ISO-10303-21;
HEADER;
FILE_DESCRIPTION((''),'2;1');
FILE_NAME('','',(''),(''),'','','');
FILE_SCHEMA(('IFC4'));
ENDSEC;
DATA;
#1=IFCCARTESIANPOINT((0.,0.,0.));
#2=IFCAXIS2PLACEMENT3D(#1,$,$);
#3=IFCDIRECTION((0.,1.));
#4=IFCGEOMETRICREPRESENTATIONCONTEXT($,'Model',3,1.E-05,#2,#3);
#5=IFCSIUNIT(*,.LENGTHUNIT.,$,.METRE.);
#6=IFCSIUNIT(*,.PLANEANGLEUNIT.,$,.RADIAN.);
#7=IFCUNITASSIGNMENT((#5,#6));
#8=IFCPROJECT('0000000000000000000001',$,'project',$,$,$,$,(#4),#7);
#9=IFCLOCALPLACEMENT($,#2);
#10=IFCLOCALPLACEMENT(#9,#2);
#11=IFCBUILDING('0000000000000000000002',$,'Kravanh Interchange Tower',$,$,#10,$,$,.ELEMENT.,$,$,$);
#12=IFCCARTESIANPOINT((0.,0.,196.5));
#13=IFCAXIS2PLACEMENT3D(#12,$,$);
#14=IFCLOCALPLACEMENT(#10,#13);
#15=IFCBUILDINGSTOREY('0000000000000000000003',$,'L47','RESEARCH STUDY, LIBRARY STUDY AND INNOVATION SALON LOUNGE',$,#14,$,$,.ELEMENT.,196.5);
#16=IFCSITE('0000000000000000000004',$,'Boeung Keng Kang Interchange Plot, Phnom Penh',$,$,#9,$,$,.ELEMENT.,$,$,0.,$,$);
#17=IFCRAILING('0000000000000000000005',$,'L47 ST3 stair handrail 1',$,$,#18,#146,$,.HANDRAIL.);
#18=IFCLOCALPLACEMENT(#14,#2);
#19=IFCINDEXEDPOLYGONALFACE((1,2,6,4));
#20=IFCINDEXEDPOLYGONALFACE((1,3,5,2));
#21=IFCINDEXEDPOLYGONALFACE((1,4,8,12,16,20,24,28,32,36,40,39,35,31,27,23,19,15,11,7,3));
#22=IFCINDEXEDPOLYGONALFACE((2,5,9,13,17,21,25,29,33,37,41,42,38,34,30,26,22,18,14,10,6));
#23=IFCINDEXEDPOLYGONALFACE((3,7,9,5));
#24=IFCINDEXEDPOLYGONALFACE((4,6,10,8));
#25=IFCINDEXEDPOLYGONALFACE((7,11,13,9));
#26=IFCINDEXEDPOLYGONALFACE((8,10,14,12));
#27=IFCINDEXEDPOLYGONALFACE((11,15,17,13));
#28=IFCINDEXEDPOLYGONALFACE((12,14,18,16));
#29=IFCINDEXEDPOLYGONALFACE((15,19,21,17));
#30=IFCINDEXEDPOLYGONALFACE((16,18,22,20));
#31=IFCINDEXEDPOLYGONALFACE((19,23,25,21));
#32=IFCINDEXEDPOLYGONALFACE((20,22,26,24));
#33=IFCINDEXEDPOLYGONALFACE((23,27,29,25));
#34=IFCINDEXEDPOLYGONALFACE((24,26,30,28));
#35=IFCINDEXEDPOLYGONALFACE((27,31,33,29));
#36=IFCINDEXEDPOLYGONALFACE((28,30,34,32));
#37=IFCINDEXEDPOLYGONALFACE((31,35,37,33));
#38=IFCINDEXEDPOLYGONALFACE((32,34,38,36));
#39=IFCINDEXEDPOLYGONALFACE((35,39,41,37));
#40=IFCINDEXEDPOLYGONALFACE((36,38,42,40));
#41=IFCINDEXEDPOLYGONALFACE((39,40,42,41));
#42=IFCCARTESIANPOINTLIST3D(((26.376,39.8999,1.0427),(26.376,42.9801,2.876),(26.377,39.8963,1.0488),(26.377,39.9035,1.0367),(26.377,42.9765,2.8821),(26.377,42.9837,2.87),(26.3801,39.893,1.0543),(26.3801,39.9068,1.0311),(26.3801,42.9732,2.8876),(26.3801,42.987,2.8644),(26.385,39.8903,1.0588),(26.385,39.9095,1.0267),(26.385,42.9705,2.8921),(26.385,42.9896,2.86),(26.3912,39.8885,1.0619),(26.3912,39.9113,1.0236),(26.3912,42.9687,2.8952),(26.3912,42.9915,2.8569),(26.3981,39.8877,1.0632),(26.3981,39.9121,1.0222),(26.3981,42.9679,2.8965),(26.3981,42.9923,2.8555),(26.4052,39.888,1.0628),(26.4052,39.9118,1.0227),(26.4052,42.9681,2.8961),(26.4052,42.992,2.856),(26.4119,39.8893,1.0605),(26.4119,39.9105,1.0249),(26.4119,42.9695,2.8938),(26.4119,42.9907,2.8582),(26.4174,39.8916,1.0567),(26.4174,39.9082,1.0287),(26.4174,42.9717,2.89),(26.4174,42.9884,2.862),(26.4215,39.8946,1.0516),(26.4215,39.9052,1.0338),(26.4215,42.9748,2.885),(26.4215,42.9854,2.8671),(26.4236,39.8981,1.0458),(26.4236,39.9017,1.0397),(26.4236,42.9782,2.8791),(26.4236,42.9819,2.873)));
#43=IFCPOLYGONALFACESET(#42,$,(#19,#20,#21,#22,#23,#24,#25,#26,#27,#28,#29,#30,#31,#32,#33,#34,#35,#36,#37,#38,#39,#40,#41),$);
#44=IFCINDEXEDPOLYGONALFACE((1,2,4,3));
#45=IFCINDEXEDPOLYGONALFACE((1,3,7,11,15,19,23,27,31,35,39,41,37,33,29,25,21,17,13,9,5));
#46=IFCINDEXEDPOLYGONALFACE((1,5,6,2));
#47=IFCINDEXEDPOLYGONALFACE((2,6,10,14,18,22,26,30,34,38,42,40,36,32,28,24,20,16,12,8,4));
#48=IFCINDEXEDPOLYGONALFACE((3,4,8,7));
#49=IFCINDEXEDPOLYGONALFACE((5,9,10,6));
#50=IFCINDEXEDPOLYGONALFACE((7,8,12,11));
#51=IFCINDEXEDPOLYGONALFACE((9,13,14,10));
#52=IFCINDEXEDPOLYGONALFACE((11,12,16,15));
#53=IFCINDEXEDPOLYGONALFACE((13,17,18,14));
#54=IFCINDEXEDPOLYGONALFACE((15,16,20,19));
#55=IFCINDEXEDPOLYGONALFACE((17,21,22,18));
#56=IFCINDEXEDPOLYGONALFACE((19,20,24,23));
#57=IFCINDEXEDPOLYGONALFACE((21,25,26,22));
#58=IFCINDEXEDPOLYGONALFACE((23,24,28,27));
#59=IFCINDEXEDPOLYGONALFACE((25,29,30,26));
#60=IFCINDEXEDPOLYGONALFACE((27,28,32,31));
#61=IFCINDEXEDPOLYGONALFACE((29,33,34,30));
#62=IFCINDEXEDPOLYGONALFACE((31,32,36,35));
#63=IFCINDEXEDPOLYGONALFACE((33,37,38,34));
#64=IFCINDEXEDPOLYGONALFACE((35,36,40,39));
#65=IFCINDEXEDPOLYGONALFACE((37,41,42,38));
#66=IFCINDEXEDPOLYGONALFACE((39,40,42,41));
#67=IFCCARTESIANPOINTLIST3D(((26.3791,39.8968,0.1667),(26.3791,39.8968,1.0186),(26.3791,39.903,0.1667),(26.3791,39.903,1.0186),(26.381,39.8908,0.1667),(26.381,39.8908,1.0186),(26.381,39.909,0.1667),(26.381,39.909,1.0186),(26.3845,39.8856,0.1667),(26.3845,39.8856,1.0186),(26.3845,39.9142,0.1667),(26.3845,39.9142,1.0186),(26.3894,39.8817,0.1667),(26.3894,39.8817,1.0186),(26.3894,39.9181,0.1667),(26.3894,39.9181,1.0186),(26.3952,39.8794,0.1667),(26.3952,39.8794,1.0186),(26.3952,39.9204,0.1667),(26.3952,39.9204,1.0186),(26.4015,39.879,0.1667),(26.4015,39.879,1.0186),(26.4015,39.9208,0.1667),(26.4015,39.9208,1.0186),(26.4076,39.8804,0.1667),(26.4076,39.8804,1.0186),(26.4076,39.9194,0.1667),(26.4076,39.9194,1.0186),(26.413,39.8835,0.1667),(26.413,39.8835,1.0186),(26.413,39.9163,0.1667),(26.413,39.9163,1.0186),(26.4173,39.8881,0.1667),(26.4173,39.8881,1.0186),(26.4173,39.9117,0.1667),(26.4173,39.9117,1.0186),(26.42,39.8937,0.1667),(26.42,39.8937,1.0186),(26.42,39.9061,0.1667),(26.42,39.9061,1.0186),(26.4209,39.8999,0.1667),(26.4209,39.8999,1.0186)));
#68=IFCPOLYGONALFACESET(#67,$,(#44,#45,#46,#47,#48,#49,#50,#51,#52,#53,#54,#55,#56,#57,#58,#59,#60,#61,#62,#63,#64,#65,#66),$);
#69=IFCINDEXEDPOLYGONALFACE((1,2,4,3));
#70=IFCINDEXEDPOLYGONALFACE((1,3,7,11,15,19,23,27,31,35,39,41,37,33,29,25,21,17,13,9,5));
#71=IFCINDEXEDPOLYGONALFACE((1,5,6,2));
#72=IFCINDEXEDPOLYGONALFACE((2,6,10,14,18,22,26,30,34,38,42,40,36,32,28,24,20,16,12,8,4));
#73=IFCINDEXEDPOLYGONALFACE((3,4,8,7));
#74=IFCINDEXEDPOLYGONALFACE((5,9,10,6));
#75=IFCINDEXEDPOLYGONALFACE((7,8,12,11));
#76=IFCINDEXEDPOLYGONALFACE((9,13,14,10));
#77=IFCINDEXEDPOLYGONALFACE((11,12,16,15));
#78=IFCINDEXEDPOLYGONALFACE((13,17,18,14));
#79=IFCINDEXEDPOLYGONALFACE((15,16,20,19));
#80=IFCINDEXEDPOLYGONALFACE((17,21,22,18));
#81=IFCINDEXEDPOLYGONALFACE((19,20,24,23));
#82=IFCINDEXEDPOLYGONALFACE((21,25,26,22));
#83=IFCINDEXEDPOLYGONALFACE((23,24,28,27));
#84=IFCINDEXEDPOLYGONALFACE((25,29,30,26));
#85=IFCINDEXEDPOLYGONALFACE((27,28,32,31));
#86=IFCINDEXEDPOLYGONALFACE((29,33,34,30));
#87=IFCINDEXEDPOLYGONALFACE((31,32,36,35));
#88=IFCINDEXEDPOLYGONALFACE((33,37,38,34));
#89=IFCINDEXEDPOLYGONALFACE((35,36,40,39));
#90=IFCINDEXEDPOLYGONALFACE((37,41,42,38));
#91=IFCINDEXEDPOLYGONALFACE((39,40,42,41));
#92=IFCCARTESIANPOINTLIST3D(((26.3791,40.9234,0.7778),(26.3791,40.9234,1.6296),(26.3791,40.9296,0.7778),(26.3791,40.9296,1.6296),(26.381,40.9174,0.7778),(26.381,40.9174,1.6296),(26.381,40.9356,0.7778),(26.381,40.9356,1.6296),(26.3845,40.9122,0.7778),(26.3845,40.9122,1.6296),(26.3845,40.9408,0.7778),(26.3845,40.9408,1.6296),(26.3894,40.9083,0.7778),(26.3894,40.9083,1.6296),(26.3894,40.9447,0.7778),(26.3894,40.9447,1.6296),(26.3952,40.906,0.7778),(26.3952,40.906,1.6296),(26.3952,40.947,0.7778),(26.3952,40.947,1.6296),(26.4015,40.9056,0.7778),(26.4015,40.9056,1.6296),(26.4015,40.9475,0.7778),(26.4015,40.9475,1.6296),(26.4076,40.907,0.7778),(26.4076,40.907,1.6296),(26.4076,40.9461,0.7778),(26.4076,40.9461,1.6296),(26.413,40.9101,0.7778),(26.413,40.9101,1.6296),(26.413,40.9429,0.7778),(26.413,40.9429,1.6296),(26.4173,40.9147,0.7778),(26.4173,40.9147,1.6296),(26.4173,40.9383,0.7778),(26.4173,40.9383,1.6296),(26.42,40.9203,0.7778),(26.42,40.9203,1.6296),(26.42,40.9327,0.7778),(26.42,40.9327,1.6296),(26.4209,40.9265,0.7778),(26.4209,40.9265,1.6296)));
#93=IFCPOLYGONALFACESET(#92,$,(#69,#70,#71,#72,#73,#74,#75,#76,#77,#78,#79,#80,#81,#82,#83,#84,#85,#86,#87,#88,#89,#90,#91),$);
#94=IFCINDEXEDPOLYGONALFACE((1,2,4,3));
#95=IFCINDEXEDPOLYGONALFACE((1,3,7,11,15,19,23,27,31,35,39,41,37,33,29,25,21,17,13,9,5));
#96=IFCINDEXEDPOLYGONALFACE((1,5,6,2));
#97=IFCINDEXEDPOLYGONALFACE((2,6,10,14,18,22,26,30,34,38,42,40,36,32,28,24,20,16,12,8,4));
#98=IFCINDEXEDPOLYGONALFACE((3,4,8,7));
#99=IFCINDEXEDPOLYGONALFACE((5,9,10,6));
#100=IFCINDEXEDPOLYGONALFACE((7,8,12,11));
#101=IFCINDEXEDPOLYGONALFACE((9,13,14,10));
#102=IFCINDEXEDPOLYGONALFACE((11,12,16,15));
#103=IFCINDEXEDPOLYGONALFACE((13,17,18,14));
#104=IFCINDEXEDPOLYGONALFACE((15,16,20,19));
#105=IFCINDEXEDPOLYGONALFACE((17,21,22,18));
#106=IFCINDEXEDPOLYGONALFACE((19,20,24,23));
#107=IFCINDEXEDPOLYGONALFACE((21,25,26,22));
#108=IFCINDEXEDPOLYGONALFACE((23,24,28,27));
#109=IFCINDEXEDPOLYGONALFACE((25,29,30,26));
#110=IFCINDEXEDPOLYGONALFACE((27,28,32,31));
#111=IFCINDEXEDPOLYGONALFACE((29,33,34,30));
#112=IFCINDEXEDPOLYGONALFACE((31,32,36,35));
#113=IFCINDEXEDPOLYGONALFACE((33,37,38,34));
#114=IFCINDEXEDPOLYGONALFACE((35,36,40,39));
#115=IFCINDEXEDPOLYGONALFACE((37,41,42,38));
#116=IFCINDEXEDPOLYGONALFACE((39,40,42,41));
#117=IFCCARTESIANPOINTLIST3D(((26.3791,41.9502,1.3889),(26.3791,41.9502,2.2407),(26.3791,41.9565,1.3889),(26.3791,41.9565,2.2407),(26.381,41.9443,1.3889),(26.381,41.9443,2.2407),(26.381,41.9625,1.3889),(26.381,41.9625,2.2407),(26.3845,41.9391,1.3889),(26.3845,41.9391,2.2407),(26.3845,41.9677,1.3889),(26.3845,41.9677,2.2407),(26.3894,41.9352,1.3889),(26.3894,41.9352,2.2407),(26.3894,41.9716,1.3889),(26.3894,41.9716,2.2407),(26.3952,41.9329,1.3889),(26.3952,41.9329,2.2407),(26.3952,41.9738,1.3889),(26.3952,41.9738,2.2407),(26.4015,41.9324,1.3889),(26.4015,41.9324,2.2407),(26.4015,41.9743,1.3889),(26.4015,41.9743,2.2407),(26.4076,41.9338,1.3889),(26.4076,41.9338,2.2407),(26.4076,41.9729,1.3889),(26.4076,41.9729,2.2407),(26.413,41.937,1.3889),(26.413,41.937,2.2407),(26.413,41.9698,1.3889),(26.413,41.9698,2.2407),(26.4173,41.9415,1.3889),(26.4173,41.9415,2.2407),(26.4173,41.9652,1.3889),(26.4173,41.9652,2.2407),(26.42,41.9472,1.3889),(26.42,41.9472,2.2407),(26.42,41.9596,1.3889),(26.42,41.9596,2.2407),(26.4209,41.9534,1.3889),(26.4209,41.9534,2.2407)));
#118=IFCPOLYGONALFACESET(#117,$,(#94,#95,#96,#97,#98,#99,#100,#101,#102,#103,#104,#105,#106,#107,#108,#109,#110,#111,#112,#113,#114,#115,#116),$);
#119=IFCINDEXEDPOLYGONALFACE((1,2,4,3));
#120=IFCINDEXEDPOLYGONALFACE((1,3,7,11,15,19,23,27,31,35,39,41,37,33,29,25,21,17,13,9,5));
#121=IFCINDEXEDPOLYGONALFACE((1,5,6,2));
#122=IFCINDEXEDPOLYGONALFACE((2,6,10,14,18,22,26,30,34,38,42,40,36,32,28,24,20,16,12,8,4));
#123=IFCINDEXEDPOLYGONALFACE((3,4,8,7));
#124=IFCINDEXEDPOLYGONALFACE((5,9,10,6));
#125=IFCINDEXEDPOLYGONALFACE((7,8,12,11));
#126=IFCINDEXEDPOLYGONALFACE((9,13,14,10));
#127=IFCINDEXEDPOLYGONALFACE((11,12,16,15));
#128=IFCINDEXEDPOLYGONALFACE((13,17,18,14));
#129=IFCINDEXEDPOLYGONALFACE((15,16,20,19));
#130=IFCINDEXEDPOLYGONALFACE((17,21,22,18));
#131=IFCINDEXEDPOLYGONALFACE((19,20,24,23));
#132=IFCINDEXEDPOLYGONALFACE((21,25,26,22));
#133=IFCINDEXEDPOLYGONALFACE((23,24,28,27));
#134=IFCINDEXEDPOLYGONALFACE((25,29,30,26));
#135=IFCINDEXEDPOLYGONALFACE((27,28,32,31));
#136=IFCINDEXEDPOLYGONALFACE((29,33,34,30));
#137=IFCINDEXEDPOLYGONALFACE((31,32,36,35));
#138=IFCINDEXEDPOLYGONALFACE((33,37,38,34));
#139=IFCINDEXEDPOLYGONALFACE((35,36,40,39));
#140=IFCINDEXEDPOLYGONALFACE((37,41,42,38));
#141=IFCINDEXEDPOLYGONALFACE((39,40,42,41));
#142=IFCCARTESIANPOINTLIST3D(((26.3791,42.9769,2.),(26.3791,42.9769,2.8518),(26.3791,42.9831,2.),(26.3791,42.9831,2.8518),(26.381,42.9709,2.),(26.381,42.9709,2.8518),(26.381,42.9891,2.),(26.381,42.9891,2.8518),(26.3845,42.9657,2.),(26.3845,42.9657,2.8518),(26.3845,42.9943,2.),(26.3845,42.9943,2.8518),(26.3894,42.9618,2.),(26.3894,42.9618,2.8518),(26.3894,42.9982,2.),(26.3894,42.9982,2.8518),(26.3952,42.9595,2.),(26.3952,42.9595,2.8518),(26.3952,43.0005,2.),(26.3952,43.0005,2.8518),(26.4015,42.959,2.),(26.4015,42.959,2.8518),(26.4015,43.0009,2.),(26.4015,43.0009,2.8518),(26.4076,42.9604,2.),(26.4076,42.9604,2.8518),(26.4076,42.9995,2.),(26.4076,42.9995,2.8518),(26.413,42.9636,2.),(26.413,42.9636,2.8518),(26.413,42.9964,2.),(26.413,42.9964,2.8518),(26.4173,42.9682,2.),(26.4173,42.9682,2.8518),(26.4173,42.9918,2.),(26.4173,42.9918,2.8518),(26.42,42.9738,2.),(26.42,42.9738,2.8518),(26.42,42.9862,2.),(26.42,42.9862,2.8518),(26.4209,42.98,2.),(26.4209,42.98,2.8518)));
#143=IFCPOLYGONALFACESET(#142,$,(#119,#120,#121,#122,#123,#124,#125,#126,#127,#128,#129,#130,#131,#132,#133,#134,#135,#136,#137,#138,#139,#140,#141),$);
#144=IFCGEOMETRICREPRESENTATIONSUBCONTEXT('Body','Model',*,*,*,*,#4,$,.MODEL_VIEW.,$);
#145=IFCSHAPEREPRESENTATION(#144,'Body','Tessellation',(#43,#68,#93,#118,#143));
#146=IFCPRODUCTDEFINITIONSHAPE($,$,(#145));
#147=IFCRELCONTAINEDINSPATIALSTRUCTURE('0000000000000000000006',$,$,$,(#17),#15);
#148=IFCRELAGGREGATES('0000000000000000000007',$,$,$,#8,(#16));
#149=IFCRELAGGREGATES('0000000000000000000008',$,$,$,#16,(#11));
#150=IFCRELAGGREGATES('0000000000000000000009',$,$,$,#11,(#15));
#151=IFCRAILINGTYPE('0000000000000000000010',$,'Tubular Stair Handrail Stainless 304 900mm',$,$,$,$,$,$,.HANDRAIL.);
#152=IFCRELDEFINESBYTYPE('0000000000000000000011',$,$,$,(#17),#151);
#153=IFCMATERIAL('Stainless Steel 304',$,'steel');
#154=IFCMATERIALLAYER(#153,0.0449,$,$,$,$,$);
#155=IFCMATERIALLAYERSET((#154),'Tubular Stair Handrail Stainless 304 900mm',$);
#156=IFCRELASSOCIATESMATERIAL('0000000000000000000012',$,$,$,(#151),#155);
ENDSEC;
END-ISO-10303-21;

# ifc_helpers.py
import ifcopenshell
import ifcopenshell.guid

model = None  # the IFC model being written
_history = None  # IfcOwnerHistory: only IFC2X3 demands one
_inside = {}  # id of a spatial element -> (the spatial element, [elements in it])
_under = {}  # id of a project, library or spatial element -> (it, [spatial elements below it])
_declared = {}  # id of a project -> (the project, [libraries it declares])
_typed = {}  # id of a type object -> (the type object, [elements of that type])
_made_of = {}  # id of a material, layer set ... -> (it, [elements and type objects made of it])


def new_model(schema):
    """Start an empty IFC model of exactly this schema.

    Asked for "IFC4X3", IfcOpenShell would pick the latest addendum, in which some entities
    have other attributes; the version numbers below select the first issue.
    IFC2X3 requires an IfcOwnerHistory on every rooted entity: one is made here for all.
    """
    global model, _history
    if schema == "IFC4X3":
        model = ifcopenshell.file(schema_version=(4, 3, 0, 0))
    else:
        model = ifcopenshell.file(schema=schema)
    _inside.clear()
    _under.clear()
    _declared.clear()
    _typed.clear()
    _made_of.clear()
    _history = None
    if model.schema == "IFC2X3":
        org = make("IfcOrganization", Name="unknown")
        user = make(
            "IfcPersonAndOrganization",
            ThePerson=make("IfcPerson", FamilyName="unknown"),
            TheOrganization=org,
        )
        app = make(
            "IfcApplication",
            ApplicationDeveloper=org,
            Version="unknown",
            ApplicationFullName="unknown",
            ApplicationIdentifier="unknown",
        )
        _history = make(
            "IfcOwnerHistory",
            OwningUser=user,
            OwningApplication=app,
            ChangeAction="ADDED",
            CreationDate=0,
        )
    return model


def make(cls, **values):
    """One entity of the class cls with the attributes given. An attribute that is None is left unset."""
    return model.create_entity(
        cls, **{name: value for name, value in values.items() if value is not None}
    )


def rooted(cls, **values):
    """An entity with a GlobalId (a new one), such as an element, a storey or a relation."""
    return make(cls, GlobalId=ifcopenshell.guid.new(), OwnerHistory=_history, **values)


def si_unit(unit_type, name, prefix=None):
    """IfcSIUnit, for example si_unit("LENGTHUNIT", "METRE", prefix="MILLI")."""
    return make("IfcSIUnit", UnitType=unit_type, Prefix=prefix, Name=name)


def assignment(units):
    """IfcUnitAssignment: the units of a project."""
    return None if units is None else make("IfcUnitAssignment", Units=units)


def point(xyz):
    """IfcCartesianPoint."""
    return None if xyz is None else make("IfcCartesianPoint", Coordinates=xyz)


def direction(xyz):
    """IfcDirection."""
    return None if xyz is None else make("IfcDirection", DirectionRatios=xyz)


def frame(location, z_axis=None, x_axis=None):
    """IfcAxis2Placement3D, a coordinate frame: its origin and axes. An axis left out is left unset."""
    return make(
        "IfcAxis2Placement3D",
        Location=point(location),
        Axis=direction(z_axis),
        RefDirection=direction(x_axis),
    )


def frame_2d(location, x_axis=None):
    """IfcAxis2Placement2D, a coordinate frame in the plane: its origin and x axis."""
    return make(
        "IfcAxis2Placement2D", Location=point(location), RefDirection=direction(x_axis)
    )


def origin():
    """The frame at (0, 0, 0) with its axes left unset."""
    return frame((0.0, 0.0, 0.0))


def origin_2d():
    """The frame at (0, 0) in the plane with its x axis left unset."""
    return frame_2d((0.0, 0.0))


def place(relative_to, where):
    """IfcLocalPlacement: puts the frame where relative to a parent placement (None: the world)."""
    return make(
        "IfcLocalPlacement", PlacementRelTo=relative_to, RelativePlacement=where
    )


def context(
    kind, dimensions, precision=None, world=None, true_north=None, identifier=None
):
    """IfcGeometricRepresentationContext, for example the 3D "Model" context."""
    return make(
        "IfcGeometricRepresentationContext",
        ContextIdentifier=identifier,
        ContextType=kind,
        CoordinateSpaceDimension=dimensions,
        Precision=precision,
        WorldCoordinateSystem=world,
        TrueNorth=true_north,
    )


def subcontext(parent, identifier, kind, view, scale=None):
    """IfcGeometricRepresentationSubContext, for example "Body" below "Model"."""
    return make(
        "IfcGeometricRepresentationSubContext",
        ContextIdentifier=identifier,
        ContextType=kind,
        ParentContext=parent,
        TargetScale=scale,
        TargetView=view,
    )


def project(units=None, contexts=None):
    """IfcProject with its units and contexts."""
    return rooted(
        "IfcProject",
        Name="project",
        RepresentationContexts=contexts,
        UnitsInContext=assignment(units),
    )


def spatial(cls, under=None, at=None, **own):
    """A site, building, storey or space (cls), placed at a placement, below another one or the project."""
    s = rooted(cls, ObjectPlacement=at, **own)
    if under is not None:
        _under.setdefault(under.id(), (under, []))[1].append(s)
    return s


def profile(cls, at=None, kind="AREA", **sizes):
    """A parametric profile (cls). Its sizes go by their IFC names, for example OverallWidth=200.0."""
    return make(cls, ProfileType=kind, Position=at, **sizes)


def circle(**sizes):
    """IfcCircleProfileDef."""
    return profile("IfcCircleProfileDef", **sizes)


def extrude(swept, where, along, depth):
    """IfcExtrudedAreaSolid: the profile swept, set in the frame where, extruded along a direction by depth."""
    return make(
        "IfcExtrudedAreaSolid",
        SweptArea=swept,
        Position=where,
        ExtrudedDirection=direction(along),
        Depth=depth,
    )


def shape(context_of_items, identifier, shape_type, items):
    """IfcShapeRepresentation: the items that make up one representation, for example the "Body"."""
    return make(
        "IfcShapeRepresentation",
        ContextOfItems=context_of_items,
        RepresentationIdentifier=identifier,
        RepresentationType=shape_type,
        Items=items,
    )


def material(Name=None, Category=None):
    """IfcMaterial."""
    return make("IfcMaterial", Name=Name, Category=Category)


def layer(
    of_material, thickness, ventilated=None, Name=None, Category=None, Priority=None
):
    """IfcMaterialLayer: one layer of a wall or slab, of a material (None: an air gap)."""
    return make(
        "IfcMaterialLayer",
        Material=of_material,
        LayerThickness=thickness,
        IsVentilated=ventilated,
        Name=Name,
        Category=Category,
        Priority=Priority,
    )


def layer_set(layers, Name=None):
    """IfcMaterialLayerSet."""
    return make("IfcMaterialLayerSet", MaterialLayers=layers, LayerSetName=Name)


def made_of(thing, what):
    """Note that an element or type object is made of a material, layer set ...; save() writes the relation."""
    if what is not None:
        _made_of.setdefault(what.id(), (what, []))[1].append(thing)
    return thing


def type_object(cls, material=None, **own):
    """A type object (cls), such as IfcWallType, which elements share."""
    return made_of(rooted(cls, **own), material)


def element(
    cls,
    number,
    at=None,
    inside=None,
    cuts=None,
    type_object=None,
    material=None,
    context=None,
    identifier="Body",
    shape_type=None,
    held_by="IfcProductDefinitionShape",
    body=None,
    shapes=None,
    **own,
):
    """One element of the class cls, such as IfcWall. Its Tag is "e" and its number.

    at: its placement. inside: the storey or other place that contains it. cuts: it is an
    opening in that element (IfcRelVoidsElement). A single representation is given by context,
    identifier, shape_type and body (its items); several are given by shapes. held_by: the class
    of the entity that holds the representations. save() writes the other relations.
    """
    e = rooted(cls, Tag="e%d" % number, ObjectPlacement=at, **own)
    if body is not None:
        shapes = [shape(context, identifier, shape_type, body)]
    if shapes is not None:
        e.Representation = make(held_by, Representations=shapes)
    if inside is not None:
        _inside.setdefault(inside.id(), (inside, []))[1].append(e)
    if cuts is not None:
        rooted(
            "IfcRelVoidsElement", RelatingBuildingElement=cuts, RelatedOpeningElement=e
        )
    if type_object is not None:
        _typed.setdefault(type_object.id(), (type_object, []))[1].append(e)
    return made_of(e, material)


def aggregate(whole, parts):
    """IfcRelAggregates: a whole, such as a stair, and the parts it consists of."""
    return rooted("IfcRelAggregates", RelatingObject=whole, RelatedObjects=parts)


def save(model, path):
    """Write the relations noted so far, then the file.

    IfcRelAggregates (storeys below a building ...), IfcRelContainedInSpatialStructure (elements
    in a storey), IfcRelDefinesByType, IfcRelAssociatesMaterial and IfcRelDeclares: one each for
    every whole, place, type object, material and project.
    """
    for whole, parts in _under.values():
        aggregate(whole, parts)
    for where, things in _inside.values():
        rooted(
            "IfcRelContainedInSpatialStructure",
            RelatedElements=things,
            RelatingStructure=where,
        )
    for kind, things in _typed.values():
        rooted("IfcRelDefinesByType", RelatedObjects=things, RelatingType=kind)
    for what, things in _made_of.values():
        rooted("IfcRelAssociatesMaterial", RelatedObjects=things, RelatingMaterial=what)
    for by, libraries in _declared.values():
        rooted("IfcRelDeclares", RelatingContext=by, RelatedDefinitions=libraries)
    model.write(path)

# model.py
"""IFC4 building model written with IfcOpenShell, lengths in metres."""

from ifc_helpers import new_model, si_unit, direction, frame, origin, origin_2d, place, context, subcontext, project, spatial, circle, extrude, material, layer, layer_set, type_object, element, save


model = new_model("IFC4")

# Units and contexts
model_context = context("Model", 3, precision=1e-05, world=origin(), true_north=direction((0.0, 1.0)))
body_context = subcontext(model_context, "Body", "Model", "MODEL_VIEW")
ifc_project = project(units=[si_unit("LENGTHUNIT", "METRE"), si_unit("PLANEANGLEUNIT", "RADIAN")], contexts=[model_context])

# Site, building, storey
site_placement = place(None, origin())
site = spatial("IfcSite", under=ifc_project, at=site_placement, Name="Boeung Keng Kang Interchange Plot, Phnom Penh", CompositionType="ELEMENT", RefElevation=0.0)
building_placement = place(site_placement, origin())
building = spatial("IfcBuilding", under=site, at=building_placement, Name="Kravanh Interchange Tower", CompositionType="ELEMENT")
storey_placement = place(building_placement, frame((0.0, 0.0, 196.5)))
storey = spatial("IfcBuildingStorey", under=building, at=storey_placement, Name="L47", Description="RESEARCH STUDY, LIBRARY STUDY AND INNOVATION SALON LOUNGE", CompositionType="ELEMENT", Elevation=196.5)

# Railing
ifc_material_1 = material(Name="Stainless Steel 304", Category="steel")
ifc_layer_1 = layer(ifc_material_1, 0.0449)
ifc_layer_set_1 = layer_set([ifc_layer_1], Name="Tubular Stair Handrail Stainless 304 900mm")
railing_type_1 = type_object("IfcRailingType", Name="Tubular Stair Handrail Stainless 304 900mm", PredefinedType="HANDRAIL", material=ifc_layer_set_1)
railing_1_placement = place(storey_placement, frame((26.3999, 39.8999, 0.1667)))
element("IfcRailing", 1, at=railing_1_placement, inside=storey, type_object=railing_type_1, Name="L47 ST3 stair handrail 1", PredefinedType="HANDRAIL", context=body_context, shape_type="SweptSolid", body=[
    extrude(circle(Radius=0.0239, at=origin_2d()), frame((0.0, 0.0, 0.876), z_axis=(0.0, 0.859309, 0.511458), x_axis=(-1.0, 0.0, 0.0)), (0.0, 0.0, 1.0), 3.5845),
    extrude(circle(Radius=0.021, at=origin_2d()), origin(), (0.0, 0.0, 1.0), 0.8518),
    extrude(circle(Radius=0.021, at=origin_2d()), frame((0.0, 1.0266, 0.6111)), (0.0, 0.0, 1.0), 0.8518),
    extrude(circle(Radius=0.021, at=origin_2d()), frame((0.0, 2.0535, 1.2222)), (0.0, 0.0, 1.0), 0.8518),
    extrude(circle(Radius=0.021, at=origin_2d()), frame((0.0, 3.0801, 1.8333)), (0.0, 0.0, 1.0), 0.8518),
])

save(model, "model.ifc")
